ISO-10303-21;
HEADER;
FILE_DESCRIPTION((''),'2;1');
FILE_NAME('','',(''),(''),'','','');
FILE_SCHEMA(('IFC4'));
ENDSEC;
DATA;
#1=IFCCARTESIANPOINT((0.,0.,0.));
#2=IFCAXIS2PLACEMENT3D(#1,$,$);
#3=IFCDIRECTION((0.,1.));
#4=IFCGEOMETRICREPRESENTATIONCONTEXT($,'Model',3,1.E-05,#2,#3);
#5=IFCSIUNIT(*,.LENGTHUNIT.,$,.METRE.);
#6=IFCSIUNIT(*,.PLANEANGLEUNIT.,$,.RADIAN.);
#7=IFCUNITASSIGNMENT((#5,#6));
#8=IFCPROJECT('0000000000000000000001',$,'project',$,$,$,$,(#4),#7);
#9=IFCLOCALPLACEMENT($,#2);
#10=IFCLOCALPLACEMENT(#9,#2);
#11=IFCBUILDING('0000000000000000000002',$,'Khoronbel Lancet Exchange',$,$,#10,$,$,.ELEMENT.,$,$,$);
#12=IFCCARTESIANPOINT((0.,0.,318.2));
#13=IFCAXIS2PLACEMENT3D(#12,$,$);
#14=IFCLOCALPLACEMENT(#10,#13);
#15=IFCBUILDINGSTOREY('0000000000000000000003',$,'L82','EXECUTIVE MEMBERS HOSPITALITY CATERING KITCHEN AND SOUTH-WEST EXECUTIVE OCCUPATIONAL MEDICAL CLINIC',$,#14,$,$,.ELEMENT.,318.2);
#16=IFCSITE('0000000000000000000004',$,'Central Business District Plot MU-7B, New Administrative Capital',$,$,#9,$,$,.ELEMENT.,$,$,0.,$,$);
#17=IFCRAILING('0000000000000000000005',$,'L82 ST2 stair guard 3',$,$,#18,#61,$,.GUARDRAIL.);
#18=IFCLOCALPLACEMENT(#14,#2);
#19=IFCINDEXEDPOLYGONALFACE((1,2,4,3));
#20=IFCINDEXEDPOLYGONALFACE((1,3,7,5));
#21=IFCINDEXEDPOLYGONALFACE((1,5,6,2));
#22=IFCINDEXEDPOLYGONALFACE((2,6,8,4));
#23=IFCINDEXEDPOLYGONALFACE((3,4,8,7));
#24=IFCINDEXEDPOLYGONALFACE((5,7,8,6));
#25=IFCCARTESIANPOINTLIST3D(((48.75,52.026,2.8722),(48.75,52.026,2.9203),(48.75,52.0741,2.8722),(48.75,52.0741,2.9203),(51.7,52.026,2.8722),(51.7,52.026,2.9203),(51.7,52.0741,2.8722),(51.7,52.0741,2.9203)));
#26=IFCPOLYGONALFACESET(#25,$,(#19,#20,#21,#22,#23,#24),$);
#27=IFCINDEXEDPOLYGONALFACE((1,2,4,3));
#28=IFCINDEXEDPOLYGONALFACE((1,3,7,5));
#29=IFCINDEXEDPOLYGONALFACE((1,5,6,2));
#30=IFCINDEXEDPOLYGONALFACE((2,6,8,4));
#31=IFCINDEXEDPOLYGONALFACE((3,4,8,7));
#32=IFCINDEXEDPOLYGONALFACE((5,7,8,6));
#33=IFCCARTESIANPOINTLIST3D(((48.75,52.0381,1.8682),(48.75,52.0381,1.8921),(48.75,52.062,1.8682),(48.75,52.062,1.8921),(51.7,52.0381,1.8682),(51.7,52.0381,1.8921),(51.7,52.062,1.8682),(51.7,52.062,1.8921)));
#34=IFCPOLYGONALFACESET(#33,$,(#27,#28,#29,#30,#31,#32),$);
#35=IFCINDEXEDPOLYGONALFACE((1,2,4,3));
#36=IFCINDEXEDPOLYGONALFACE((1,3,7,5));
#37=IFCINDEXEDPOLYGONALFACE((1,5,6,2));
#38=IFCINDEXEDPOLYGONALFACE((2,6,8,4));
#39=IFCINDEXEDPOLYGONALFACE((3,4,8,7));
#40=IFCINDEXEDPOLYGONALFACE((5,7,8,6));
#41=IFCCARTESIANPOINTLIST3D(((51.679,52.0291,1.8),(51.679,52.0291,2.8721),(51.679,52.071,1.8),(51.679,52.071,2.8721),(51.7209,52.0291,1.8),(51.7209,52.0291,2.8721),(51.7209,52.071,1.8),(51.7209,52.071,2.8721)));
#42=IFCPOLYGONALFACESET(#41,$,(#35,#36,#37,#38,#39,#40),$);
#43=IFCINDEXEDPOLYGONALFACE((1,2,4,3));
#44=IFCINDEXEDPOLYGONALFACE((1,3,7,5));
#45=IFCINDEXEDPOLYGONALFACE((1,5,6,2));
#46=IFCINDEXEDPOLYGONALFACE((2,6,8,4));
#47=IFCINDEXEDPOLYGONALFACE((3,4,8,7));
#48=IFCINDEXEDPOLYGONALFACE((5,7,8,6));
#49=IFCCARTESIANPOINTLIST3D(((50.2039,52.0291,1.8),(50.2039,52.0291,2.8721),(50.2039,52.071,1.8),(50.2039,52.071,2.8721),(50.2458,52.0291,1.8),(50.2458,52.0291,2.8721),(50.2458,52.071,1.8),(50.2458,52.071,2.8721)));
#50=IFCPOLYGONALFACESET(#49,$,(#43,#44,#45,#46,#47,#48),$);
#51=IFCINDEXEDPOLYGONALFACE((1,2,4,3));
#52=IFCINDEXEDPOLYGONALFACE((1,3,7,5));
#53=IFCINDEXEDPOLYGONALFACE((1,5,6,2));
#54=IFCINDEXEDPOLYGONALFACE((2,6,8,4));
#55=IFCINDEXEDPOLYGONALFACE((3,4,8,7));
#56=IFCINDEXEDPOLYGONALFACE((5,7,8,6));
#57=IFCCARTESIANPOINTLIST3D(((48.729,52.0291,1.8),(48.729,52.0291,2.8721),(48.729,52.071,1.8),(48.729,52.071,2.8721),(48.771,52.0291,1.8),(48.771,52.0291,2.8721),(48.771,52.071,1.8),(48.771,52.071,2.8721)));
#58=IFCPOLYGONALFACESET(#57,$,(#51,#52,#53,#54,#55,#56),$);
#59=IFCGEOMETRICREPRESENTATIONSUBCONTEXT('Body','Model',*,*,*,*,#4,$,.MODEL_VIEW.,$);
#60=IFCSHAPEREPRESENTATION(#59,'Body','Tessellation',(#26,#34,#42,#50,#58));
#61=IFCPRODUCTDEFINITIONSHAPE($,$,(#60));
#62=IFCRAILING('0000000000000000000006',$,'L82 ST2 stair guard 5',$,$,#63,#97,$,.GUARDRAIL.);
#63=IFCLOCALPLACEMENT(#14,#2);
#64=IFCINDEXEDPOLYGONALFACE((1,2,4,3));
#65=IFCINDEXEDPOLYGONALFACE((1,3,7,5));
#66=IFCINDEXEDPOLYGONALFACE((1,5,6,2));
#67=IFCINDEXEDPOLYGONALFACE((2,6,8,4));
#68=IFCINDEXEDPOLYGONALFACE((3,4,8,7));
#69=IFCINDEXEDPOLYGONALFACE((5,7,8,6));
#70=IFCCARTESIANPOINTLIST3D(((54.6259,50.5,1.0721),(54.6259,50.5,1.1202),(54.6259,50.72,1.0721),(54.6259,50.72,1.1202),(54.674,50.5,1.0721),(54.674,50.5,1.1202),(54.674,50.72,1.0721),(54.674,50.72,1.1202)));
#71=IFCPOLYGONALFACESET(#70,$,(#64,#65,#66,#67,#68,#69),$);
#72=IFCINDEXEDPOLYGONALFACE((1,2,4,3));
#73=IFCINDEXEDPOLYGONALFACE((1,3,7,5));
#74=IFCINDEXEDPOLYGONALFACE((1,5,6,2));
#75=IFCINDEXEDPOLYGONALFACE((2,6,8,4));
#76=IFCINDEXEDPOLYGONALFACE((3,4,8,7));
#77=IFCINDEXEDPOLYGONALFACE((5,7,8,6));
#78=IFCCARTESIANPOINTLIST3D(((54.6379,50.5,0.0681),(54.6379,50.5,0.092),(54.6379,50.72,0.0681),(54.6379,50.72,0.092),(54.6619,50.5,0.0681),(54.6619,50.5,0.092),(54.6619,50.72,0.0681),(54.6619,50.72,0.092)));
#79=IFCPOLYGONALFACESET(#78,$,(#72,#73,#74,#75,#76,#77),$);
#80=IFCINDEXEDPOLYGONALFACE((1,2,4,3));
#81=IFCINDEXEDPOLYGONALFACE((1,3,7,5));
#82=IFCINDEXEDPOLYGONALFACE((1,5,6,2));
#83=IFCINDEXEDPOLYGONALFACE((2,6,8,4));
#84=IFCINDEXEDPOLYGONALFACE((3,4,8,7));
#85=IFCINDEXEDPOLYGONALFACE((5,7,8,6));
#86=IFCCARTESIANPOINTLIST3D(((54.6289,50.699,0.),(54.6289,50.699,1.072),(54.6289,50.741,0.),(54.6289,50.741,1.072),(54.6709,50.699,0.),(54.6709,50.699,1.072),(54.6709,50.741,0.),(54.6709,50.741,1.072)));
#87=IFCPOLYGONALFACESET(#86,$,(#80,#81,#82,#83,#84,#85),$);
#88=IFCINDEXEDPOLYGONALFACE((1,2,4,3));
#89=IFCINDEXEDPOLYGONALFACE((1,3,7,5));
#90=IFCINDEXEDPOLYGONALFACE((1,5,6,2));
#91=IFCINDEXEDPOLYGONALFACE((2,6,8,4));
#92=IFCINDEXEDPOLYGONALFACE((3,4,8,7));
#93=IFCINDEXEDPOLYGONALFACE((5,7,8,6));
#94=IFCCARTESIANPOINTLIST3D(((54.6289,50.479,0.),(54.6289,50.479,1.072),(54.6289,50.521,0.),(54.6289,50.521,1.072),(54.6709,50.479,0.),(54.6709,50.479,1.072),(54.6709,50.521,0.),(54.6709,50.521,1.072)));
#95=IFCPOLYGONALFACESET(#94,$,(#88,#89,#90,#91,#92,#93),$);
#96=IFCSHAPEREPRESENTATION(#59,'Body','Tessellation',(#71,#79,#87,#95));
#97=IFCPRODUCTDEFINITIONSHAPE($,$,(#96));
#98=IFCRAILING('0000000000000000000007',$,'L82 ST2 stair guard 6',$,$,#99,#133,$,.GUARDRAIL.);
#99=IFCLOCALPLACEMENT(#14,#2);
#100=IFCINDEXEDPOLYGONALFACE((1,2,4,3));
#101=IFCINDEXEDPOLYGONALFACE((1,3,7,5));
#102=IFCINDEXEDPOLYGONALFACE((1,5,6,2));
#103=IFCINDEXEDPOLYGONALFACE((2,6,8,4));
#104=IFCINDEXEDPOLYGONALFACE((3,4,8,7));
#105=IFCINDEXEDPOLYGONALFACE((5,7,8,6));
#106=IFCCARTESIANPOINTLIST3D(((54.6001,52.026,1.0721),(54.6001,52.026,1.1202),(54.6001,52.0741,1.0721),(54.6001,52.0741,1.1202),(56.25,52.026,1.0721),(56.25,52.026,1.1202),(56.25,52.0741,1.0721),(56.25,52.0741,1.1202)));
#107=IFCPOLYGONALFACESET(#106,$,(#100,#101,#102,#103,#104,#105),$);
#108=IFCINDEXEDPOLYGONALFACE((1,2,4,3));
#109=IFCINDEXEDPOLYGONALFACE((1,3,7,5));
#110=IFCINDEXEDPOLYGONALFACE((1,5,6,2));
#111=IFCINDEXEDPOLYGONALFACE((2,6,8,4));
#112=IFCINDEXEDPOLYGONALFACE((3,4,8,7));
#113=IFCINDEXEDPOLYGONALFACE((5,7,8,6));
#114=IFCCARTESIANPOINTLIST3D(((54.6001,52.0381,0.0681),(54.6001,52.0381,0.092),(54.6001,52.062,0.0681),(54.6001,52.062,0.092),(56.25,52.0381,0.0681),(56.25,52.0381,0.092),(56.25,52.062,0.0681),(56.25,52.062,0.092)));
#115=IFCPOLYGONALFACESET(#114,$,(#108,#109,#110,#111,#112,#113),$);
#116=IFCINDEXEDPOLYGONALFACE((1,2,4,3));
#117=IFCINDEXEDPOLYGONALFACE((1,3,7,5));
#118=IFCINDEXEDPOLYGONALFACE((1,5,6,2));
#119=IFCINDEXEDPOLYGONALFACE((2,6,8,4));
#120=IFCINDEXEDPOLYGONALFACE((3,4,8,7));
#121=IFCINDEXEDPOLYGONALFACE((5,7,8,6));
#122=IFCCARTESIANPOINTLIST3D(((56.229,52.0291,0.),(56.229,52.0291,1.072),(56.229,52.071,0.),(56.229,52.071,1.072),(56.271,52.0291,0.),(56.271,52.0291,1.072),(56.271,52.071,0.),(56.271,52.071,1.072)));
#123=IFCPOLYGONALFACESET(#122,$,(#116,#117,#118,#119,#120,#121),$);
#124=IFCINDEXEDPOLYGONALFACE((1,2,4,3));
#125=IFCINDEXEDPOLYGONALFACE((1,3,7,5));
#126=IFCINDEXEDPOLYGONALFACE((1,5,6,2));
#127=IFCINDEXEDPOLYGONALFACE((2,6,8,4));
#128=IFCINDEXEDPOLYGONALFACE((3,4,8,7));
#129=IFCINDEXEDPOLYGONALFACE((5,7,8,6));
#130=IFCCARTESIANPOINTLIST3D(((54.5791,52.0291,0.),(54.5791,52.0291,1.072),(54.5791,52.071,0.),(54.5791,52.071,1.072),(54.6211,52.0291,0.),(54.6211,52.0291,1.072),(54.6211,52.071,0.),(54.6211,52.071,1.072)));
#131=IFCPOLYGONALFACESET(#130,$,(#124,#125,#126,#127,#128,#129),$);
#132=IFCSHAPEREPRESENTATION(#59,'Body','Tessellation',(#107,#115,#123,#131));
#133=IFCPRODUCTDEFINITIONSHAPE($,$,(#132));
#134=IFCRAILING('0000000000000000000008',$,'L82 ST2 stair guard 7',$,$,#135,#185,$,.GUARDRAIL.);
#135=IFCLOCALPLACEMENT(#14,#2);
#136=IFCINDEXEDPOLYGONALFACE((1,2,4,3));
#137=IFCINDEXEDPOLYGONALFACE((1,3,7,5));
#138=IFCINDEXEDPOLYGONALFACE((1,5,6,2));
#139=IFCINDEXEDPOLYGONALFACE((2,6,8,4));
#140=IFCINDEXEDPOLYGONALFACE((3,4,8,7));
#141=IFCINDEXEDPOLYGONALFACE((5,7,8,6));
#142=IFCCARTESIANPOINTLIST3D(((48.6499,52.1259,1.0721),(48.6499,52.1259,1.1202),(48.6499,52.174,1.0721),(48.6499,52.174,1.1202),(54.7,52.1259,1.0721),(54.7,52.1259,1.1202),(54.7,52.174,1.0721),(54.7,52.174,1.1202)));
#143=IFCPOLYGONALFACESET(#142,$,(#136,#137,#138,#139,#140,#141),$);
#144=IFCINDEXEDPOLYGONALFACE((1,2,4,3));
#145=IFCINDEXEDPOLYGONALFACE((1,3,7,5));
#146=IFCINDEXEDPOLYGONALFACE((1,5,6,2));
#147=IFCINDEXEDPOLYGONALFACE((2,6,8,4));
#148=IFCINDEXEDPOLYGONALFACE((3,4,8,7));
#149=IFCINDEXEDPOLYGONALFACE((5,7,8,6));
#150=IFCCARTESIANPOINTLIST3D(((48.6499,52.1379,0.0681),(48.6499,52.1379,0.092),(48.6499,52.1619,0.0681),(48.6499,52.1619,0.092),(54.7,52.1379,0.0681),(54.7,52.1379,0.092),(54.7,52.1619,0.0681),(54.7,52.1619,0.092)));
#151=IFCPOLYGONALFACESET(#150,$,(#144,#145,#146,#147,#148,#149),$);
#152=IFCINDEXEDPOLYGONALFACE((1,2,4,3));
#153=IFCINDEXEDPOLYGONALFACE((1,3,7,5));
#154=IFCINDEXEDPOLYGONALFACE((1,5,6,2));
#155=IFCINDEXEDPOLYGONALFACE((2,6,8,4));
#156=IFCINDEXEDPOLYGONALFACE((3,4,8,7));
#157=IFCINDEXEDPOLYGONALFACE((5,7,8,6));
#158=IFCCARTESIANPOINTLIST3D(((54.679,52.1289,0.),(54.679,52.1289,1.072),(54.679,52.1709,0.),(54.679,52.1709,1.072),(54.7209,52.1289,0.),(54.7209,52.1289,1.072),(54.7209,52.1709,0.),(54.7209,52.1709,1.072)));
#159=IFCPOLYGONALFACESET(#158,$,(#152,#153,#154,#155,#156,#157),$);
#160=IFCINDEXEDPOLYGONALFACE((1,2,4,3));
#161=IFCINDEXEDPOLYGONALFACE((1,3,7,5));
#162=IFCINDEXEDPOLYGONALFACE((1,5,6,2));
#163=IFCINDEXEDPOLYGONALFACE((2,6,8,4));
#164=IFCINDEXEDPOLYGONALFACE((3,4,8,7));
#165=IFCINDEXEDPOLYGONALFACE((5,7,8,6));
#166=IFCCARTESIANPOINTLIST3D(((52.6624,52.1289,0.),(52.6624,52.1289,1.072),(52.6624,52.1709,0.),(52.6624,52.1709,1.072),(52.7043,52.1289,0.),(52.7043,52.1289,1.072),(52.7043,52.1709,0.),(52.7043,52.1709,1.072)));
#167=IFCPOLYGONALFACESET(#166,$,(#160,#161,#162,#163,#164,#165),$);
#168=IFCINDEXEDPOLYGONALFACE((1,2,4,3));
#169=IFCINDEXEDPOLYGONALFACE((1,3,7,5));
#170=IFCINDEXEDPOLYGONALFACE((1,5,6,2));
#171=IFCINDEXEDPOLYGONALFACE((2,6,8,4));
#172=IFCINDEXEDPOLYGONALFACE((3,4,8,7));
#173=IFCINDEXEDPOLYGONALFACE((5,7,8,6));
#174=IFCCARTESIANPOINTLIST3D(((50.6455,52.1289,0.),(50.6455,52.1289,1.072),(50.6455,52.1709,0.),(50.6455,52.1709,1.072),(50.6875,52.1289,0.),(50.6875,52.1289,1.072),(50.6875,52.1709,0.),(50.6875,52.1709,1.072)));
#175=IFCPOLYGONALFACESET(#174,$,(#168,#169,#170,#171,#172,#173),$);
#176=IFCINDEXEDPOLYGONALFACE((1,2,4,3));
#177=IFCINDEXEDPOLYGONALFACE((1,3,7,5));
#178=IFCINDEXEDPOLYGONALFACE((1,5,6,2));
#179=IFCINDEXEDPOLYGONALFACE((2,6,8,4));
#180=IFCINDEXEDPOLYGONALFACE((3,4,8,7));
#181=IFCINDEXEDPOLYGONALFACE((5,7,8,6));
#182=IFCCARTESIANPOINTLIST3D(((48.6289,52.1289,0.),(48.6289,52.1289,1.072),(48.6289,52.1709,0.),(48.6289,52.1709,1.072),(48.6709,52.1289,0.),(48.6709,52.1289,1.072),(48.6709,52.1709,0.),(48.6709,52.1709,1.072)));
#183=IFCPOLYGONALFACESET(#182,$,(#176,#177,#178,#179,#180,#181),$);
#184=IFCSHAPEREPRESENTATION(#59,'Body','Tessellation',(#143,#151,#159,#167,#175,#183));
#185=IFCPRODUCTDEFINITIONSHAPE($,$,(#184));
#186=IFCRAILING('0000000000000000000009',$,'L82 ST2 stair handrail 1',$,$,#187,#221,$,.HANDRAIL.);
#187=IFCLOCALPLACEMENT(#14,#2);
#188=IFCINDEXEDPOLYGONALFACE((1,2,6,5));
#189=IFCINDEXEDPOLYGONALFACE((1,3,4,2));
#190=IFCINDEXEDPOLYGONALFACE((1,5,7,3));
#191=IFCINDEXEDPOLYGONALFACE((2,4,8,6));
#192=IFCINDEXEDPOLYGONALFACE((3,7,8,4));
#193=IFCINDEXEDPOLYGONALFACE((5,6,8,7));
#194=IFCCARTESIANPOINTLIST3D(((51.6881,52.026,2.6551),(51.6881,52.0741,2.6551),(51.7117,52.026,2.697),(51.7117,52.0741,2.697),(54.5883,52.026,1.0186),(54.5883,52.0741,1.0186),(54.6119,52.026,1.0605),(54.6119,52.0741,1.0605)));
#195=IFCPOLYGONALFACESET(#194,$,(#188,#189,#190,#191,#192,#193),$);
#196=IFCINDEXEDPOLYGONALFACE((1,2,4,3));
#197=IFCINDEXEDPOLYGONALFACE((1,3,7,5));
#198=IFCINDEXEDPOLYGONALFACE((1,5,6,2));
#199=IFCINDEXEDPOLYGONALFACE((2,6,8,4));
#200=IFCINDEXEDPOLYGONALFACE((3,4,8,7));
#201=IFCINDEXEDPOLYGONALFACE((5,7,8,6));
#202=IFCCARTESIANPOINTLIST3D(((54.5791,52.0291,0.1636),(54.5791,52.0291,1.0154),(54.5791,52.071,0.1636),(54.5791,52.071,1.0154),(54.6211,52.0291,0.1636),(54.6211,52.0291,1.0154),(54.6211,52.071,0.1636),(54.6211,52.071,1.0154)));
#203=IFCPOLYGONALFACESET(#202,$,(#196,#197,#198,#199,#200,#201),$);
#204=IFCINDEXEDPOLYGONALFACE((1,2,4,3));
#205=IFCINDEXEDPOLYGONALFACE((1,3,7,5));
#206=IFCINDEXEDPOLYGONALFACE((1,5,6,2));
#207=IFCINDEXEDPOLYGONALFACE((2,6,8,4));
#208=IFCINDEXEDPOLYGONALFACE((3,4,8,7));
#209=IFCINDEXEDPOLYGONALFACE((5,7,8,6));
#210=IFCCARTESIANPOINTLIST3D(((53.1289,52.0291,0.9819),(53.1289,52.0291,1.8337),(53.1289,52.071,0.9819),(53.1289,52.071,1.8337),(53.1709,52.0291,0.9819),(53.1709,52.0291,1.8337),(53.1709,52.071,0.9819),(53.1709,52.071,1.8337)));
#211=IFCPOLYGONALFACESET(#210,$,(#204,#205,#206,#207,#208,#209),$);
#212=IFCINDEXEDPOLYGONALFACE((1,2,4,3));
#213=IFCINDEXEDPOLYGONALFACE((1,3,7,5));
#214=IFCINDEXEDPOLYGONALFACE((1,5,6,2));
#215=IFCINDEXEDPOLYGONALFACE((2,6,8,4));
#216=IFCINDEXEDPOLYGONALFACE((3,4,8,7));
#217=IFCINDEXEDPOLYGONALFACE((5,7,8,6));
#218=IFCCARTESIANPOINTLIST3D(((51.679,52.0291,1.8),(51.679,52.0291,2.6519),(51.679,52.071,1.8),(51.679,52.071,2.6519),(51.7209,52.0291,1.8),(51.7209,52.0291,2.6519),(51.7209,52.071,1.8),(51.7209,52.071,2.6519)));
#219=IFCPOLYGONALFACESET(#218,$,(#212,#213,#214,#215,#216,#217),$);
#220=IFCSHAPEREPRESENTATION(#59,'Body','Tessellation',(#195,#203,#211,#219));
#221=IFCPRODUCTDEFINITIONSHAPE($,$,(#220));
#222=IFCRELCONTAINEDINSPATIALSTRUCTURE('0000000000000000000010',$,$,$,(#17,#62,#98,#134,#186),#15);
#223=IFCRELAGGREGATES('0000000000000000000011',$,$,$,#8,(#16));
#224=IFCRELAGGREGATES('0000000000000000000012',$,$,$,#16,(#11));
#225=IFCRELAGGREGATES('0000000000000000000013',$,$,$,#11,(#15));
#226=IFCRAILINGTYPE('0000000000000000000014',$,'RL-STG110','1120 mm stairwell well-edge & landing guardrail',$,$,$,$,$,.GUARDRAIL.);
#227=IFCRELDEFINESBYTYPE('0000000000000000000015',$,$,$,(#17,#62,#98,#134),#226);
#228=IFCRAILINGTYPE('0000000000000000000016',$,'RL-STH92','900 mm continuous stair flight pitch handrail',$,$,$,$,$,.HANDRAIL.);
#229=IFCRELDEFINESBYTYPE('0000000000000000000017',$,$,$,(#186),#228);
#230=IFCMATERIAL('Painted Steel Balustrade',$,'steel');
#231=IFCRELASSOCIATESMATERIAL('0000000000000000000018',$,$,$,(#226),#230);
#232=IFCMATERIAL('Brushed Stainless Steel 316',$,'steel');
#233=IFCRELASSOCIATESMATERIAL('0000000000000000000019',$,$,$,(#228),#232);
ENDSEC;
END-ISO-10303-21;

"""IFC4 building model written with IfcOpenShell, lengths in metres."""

from ifc_helpers import new_model, si_unit, direction, frame, origin, origin_2d, place, context, subcontext, project, spatial, rectangle, extrude, material, type_object, element, save


model = new_model("IFC4")

# Units and contexts
model_context = context("Model", 3, precision=1e-05, world=origin(), true_north=direction((0.0, 1.0)))
body_context = subcontext(model_context, "Body", "Model", "MODEL_VIEW")
ifc_project = project(units=[si_unit("LENGTHUNIT", "METRE"), si_unit("PLANEANGLEUNIT", "RADIAN")], contexts=[model_context])

# Site, building, storey
site_placement = place(None, origin())
site = spatial("IfcSite", under=ifc_project, at=site_placement, Name="Central Business District Plot MU-7B, New Administrative Capital", CompositionType="ELEMENT", RefElevation=0.0)
building_placement = place(site_placement, origin())
building = spatial("IfcBuilding", under=site, at=building_placement, Name="Khoronbel Lancet Exchange", CompositionType="ELEMENT")
storey_placement = place(building_placement, frame((0.0, 0.0, 318.2)))
storey = spatial("IfcBuildingStorey", under=building, at=storey_placement, Name="L82", Description="EXECUTIVE MEMBERS HOSPITALITY CATERING KITCHEN AND SOUTH-WEST EXECUTIVE OCCUPATIONAL MEDICAL CLINIC", CompositionType="ELEMENT", Elevation=318.2)

# Railings
ifc_material_1 = material(Name="Painted Steel Balustrade", Category="steel")
railing_type_1 = type_object("IfcRailingType", Name="RL-STG110", Description="1120 mm stairwell well-edge & landing guardrail", PredefinedType="GUARDRAIL", material=ifc_material_1)
railing_1_placement = place(storey_placement, frame((51.7, 52.05, 1.8)))
element("IfcRailing", 1, at=railing_1_placement, inside=storey, type_object=railing_type_1, Name="L82 ST2 stair guard 3", PredefinedType="GUARDRAIL", context=body_context, shape_type="SweptSolid", body=[
    extrude(rectangle(XDim=0.0481, YDim=0.0481, at=origin_2d()), frame((0.0, 0.0, 1.0962), z_axis=(-1.0, 0.0, 0.0), x_axis=(0.0, -1.0, 0.0)), (0.0, 0.0, 1.0), 2.95),
    extrude(rectangle(XDim=0.0239, YDim=0.0239, at=origin_2d()), frame((0.0, 0.0, 0.0801), z_axis=(-1.0, 0.0, 0.0), x_axis=(0.0, -1.0, 0.0)), (0.0, 0.0, 1.0), 2.95),
    extrude(rectangle(XDim=0.042, YDim=0.042, at=origin_2d()), origin(), (0.0, 0.0, 1.0), 1.072),
    extrude(rectangle(XDim=0.042, YDim=0.042, at=origin_2d()), frame((-1.4751, 0.0, 0.0)), (0.0, 0.0, 1.0), 1.072),
    extrude(rectangle(XDim=0.042, YDim=0.042, at=origin_2d()), frame((-2.95, 0.0, 0.0)), (0.0, 0.0, 1.0), 1.072),
])
railing_2_placement = place(storey_placement, frame((54.6499, 50.72, 0.0)))
element("IfcRailing", 2, at=railing_2_placement, inside=storey, type_object=railing_type_1, Name="L82 ST2 stair guard 5", PredefinedType="GUARDRAIL", context=body_context, shape_type="SweptSolid", body=[
    extrude(rectangle(XDim=0.0481, YDim=0.0481, at=origin_2d()), frame((0.0, 0.0, 1.0962), z_axis=(0.0, -1.0, 0.0), x_axis=(1.0, 0.0, 0.0)), (0.0, 0.0, 1.0), 0.22),
    extrude(rectangle(XDim=0.0239, YDim=0.0239, at=origin_2d()), frame((0.0, 0.0, 0.0801), z_axis=(0.0, -1.0, 0.0), x_axis=(1.0, 0.0, 0.0)), (0.0, 0.0, 1.0), 0.22),
    extrude(rectangle(XDim=0.042, YDim=0.042, at=origin_2d()), origin(), (0.0, 0.0, 1.0), 1.072),
    extrude(rectangle(XDim=0.042, YDim=0.042, at=origin_2d()), frame((0.0, -0.22, 0.0)), (0.0, 0.0, 1.0), 1.072),
])
railing_3_placement = place(storey_placement, frame((56.25, 52.05, 0.0)))
element("IfcRailing", 3, at=railing_3_placement, inside=storey, type_object=railing_type_1, Name="L82 ST2 stair guard 6", PredefinedType="GUARDRAIL", context=body_context, shape_type="SweptSolid", body=[
    extrude(rectangle(XDim=0.0481, YDim=0.0481, at=origin_2d()), frame((0.0, 0.0, 1.0962), z_axis=(-1.0, 0.0, 0.0), x_axis=(0.0, -1.0, 0.0)), (0.0, 0.0, 1.0), 1.6499),
    extrude(rectangle(XDim=0.0239, YDim=0.0239, at=origin_2d()), frame((0.0, 0.0, 0.0801), z_axis=(-1.0, 0.0, 0.0), x_axis=(0.0, -1.0, 0.0)), (0.0, 0.0, 1.0), 1.6499),
    extrude(rectangle(XDim=0.042, YDim=0.042, at=origin_2d()), origin(), (0.0, 0.0, 1.0), 1.072),
    extrude(rectangle(XDim=0.042, YDim=0.042, at=origin_2d()), frame((-1.6499, 0.0, 0.0)), (0.0, 0.0, 1.0), 1.072),
])
railing_4_placement = place(storey_placement, frame((54.7, 52.1499, 0.0)))
element("IfcRailing", 4, at=railing_4_placement, inside=storey, type_object=railing_type_1, Name="L82 ST2 stair guard 7", PredefinedType="GUARDRAIL", context=body_context, shape_type="SweptSolid", body=[
    extrude(rectangle(XDim=0.0481, YDim=0.0481, at=origin_2d()), frame((0.0, 0.0, 1.0962), z_axis=(-1.0, 0.0, 0.0), x_axis=(0.0, -1.0, 0.0)), (0.0, 0.0, 1.0), 6.05),
    extrude(rectangle(XDim=0.0239, YDim=0.0239, at=origin_2d()), frame((0.0, 0.0, 0.0801), z_axis=(-1.0, 0.0, 0.0), x_axis=(0.0, -1.0, 0.0)), (0.0, 0.0, 1.0), 6.05),
    extrude(rectangle(XDim=0.042, YDim=0.042, at=origin_2d()), origin(), (0.0, 0.0, 1.0), 1.072),
    extrude(rectangle(XDim=0.042, YDim=0.042, at=origin_2d()), frame((-2.0166, 0.0, 0.0)), (0.0, 0.0, 1.0), 1.072),
    extrude(rectangle(XDim=0.042, YDim=0.042, at=origin_2d()), frame((-4.0334, 0.0, 0.0)), (0.0, 0.0, 1.0), 1.072),
    extrude(rectangle(XDim=0.042, YDim=0.042, at=origin_2d()), frame((-6.05, 0.0, 0.0)), (0.0, 0.0, 1.0), 1.072),
])
ifc_material_2 = material(Name="Brushed Stainless Steel 316", Category="steel")
railing_type_2 = type_object("IfcRailingType", Name="RL-STH92", Description="900 mm continuous stair flight pitch handrail", PredefinedType="HANDRAIL", material=ifc_material_2)
railing_5_placement = place(storey_placement, frame((54.6001, 52.05, 0.1636)))
element("IfcRailing", 5, at=railing_5_placement, inside=storey, type_object=railing_type_2, Name="L82 ST2 stair handrail 1", PredefinedType="HANDRAIL", context=body_context, shape_type="SweptSolid", body=[
    extrude(rectangle(XDim=0.0481, YDim=0.0481, at=origin_2d()), frame((0.0, 0.0, 0.876), z_axis=(-0.870915, 0.0, 0.491434), x_axis=(0.0, -1.0, 0.0)), (0.0, 0.0, 1.0), 3.3301),
    extrude(rectangle(XDim=0.042, YDim=0.042, at=origin_2d()), origin(), (0.0, 0.0, 1.0), 0.8518),
    extrude(rectangle(XDim=0.042, YDim=0.042, at=origin_2d()), frame((-1.4502, 0.0, 0.8184)), (0.0, 0.0, 1.0), 0.8518),
    extrude(rectangle(XDim=0.042, YDim=0.042, at=origin_2d()), frame((-2.9001, 0.0, 1.6365)), (0.0, 0.0, 1.0), 0.8518),
])

save(model, "model.ifc")
